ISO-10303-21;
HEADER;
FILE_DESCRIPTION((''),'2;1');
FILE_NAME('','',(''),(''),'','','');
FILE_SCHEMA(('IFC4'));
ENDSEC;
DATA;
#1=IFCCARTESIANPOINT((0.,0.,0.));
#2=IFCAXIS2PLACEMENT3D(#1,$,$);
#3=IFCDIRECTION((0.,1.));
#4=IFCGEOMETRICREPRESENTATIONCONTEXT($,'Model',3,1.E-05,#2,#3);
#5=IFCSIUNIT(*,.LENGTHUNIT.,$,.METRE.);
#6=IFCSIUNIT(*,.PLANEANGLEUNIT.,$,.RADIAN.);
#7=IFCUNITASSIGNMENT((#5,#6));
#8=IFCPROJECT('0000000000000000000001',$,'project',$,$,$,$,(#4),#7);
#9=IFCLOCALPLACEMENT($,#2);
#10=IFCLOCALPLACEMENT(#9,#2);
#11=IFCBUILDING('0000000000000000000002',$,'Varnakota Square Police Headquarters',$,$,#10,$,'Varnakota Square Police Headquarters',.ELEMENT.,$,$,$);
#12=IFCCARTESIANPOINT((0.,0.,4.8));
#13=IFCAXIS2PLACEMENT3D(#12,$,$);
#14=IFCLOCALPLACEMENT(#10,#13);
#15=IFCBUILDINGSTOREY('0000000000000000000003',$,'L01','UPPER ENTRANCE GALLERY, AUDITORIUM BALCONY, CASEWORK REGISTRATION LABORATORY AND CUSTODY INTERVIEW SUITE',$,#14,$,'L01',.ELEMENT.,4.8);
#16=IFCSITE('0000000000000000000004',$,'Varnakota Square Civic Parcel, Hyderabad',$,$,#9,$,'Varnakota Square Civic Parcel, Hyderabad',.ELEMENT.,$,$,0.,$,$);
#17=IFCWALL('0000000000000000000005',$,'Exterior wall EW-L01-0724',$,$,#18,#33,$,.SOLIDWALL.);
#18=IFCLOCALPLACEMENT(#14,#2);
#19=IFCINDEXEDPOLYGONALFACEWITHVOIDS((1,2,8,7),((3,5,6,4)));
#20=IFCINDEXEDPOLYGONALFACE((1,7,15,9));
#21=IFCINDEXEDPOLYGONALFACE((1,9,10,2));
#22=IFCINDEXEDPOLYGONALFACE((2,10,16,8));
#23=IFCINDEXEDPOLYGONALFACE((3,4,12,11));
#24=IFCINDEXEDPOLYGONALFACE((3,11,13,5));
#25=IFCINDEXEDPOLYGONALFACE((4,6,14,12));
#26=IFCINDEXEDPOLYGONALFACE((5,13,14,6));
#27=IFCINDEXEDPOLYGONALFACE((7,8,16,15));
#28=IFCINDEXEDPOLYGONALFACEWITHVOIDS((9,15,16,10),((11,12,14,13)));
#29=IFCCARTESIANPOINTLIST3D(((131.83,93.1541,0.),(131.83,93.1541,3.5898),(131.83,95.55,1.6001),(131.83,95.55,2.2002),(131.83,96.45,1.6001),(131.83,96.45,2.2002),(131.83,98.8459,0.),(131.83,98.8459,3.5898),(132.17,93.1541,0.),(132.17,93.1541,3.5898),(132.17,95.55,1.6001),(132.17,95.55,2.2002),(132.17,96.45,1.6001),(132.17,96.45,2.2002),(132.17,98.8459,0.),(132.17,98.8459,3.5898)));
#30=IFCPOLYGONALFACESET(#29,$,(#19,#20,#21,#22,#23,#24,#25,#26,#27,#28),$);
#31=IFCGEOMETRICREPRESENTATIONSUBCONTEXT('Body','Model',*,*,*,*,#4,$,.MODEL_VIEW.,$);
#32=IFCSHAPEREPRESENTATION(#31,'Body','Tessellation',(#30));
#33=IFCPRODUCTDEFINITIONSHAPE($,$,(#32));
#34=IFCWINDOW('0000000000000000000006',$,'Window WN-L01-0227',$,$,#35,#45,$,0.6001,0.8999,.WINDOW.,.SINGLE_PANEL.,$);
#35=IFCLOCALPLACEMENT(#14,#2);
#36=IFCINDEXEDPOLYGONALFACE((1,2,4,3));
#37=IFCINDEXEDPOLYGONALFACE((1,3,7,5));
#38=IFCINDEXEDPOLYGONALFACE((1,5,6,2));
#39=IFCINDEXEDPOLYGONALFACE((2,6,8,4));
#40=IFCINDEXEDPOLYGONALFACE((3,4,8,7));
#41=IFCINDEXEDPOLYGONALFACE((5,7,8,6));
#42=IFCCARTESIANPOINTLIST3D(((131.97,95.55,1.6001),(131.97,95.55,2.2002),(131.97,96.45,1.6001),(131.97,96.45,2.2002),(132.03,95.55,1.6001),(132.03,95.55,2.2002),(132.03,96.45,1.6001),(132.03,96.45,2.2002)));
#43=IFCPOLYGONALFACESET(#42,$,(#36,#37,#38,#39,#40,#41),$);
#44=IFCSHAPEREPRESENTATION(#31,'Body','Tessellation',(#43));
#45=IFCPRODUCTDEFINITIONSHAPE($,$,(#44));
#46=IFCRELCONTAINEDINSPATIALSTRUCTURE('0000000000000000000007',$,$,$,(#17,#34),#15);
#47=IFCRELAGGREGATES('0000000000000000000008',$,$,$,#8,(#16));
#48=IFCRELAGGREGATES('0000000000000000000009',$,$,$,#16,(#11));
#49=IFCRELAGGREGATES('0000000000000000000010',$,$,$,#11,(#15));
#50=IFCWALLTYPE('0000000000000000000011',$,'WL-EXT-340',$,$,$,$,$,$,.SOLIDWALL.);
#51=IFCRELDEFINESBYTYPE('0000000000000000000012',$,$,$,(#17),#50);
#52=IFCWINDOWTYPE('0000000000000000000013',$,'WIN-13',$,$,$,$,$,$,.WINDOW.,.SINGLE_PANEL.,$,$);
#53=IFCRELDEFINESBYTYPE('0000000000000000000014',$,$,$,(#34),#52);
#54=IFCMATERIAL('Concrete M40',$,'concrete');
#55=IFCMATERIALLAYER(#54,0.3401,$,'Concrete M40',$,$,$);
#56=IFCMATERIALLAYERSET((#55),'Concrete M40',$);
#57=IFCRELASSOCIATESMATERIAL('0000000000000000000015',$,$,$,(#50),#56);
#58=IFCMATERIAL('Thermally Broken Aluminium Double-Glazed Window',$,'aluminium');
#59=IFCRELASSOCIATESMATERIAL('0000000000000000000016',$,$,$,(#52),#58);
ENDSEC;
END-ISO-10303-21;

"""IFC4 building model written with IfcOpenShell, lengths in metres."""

from ifc_helpers import new_model, si_unit, direction, frame, frame_2d, origin, place, context, subcontext, project, spatial, rectangle, extrude, material, layer, layer_set, type_object, element, fill, save


model = new_model("IFC4")

# Units and contexts
model_context = context("Model", 3, precision=1e-05, world=origin(), true_north=direction((0.0, 1.0)))
body_context = subcontext(model_context, "Body", "Model", "MODEL_VIEW")
ifc_project = project(units=[si_unit("LENGTHUNIT", "METRE"), si_unit("PLANEANGLEUNIT", "RADIAN")], contexts=[model_context])

# Site, building, storey
site_placement = place(None, origin())
site = spatial("IfcSite", under=ifc_project, at=site_placement, Name="Varnakota Square Civic Parcel, Hyderabad", LongName="Varnakota Square Civic Parcel, Hyderabad", CompositionType="ELEMENT", RefElevation=0.0)
building_placement = place(site_placement, origin())
building = spatial("IfcBuilding", under=site, at=building_placement, Name="Varnakota Square Police Headquarters", LongName="Varnakota Square Police Headquarters", CompositionType="ELEMENT")
storey_placement = place(building_placement, frame((0.0, 0.0, 4.8)))
storey = spatial("IfcBuildingStorey", under=building, at=storey_placement, Name="L01", Description="UPPER ENTRANCE GALLERY, AUDITORIUM BALCONY, CASEWORK REGISTRATION LABORATORY AND CUSTODY INTERVIEW SUITE", LongName="L01", CompositionType="ELEMENT", Elevation=4.8)

# Wall, opening, window
ifc_material_1 = material(Name="Concrete M40", Category="concrete")
ifc_layer = layer(ifc_material_1, 0.3401, Name="Concrete M40")
ifc_layer_set = layer_set([ifc_layer], Name="Concrete M40")
wall_type = type_object("IfcWallType", Name="WL-EXT-340", PredefinedType="SOLIDWALL", material=ifc_layer_set)
ifc_material_2 = material(Name="Thermally Broken Aluminium Double-Glazed Window", Category="aluminium")
window_type = type_object("IfcWindowType", Name="WIN-13", PartitioningType="SINGLE_PANEL", PredefinedType="WINDOW", material=ifc_material_2)
wall_1_placement = place(storey_placement, frame((132.0, 93.1541, 0.0), z_axis=(0.0, 0.0, 1.0), x_axis=(0.0, 1.0, 0.0)))
wall_1 = element("IfcWall", 1, at=wall_1_placement, inside=storey, type_object=wall_type, Name="Exterior wall EW-L01-0724", PredefinedType="SOLIDWALL", context=body_context, shape_type="SweptSolid", body=[
    extrude(rectangle(XDim=5.6919, YDim=0.3401, at=frame_2d((2.8459, 0.0))), origin(), (0.0, 0.0, 1.0), 3.5898),
])
opening_1_placement = place(wall_1_placement, frame((2.396, 0.0, 1.6001)))
opening_1 = element("IfcOpeningElement", 2, at=opening_1_placement, cuts=wall_1, PredefinedType="OPENING", context=body_context, shape_type="SweptSolid", body=[
    extrude(rectangle(XDim=0.8999, YDim=0.6001, at=frame_2d((0.45, 0.3))), frame((0.0, 0.1799, 0.0), z_axis=(0.0, -1.0, 0.0), x_axis=(1.0, 0.0, 0.0)), (0.0, 0.0, 1.0), 0.3601),
])
window_1_placement = place(opening_1_placement, origin())
window_1 = element("IfcWindow", 3, at=window_1_placement, inside=storey, type_object=window_type, Name="Window WN-L01-0227", OverallHeight=0.6001, OverallWidth=0.8999, PartitioningType="SINGLE_PANEL", PredefinedType="WINDOW", context=body_context, shape_type="SweptSolid", body=[
    extrude(rectangle(XDim=0.8999, YDim=0.6001, at=frame_2d((0.45, 0.3))), frame((0.0, 0.03, 0.0), z_axis=(0.0, -1.0, 0.0), x_axis=(1.0, 0.0, 0.0)), (0.0, 0.0, 1.0), 0.0601),
])
fill(opening_1, window_1)

save(model, "model.ifc")
